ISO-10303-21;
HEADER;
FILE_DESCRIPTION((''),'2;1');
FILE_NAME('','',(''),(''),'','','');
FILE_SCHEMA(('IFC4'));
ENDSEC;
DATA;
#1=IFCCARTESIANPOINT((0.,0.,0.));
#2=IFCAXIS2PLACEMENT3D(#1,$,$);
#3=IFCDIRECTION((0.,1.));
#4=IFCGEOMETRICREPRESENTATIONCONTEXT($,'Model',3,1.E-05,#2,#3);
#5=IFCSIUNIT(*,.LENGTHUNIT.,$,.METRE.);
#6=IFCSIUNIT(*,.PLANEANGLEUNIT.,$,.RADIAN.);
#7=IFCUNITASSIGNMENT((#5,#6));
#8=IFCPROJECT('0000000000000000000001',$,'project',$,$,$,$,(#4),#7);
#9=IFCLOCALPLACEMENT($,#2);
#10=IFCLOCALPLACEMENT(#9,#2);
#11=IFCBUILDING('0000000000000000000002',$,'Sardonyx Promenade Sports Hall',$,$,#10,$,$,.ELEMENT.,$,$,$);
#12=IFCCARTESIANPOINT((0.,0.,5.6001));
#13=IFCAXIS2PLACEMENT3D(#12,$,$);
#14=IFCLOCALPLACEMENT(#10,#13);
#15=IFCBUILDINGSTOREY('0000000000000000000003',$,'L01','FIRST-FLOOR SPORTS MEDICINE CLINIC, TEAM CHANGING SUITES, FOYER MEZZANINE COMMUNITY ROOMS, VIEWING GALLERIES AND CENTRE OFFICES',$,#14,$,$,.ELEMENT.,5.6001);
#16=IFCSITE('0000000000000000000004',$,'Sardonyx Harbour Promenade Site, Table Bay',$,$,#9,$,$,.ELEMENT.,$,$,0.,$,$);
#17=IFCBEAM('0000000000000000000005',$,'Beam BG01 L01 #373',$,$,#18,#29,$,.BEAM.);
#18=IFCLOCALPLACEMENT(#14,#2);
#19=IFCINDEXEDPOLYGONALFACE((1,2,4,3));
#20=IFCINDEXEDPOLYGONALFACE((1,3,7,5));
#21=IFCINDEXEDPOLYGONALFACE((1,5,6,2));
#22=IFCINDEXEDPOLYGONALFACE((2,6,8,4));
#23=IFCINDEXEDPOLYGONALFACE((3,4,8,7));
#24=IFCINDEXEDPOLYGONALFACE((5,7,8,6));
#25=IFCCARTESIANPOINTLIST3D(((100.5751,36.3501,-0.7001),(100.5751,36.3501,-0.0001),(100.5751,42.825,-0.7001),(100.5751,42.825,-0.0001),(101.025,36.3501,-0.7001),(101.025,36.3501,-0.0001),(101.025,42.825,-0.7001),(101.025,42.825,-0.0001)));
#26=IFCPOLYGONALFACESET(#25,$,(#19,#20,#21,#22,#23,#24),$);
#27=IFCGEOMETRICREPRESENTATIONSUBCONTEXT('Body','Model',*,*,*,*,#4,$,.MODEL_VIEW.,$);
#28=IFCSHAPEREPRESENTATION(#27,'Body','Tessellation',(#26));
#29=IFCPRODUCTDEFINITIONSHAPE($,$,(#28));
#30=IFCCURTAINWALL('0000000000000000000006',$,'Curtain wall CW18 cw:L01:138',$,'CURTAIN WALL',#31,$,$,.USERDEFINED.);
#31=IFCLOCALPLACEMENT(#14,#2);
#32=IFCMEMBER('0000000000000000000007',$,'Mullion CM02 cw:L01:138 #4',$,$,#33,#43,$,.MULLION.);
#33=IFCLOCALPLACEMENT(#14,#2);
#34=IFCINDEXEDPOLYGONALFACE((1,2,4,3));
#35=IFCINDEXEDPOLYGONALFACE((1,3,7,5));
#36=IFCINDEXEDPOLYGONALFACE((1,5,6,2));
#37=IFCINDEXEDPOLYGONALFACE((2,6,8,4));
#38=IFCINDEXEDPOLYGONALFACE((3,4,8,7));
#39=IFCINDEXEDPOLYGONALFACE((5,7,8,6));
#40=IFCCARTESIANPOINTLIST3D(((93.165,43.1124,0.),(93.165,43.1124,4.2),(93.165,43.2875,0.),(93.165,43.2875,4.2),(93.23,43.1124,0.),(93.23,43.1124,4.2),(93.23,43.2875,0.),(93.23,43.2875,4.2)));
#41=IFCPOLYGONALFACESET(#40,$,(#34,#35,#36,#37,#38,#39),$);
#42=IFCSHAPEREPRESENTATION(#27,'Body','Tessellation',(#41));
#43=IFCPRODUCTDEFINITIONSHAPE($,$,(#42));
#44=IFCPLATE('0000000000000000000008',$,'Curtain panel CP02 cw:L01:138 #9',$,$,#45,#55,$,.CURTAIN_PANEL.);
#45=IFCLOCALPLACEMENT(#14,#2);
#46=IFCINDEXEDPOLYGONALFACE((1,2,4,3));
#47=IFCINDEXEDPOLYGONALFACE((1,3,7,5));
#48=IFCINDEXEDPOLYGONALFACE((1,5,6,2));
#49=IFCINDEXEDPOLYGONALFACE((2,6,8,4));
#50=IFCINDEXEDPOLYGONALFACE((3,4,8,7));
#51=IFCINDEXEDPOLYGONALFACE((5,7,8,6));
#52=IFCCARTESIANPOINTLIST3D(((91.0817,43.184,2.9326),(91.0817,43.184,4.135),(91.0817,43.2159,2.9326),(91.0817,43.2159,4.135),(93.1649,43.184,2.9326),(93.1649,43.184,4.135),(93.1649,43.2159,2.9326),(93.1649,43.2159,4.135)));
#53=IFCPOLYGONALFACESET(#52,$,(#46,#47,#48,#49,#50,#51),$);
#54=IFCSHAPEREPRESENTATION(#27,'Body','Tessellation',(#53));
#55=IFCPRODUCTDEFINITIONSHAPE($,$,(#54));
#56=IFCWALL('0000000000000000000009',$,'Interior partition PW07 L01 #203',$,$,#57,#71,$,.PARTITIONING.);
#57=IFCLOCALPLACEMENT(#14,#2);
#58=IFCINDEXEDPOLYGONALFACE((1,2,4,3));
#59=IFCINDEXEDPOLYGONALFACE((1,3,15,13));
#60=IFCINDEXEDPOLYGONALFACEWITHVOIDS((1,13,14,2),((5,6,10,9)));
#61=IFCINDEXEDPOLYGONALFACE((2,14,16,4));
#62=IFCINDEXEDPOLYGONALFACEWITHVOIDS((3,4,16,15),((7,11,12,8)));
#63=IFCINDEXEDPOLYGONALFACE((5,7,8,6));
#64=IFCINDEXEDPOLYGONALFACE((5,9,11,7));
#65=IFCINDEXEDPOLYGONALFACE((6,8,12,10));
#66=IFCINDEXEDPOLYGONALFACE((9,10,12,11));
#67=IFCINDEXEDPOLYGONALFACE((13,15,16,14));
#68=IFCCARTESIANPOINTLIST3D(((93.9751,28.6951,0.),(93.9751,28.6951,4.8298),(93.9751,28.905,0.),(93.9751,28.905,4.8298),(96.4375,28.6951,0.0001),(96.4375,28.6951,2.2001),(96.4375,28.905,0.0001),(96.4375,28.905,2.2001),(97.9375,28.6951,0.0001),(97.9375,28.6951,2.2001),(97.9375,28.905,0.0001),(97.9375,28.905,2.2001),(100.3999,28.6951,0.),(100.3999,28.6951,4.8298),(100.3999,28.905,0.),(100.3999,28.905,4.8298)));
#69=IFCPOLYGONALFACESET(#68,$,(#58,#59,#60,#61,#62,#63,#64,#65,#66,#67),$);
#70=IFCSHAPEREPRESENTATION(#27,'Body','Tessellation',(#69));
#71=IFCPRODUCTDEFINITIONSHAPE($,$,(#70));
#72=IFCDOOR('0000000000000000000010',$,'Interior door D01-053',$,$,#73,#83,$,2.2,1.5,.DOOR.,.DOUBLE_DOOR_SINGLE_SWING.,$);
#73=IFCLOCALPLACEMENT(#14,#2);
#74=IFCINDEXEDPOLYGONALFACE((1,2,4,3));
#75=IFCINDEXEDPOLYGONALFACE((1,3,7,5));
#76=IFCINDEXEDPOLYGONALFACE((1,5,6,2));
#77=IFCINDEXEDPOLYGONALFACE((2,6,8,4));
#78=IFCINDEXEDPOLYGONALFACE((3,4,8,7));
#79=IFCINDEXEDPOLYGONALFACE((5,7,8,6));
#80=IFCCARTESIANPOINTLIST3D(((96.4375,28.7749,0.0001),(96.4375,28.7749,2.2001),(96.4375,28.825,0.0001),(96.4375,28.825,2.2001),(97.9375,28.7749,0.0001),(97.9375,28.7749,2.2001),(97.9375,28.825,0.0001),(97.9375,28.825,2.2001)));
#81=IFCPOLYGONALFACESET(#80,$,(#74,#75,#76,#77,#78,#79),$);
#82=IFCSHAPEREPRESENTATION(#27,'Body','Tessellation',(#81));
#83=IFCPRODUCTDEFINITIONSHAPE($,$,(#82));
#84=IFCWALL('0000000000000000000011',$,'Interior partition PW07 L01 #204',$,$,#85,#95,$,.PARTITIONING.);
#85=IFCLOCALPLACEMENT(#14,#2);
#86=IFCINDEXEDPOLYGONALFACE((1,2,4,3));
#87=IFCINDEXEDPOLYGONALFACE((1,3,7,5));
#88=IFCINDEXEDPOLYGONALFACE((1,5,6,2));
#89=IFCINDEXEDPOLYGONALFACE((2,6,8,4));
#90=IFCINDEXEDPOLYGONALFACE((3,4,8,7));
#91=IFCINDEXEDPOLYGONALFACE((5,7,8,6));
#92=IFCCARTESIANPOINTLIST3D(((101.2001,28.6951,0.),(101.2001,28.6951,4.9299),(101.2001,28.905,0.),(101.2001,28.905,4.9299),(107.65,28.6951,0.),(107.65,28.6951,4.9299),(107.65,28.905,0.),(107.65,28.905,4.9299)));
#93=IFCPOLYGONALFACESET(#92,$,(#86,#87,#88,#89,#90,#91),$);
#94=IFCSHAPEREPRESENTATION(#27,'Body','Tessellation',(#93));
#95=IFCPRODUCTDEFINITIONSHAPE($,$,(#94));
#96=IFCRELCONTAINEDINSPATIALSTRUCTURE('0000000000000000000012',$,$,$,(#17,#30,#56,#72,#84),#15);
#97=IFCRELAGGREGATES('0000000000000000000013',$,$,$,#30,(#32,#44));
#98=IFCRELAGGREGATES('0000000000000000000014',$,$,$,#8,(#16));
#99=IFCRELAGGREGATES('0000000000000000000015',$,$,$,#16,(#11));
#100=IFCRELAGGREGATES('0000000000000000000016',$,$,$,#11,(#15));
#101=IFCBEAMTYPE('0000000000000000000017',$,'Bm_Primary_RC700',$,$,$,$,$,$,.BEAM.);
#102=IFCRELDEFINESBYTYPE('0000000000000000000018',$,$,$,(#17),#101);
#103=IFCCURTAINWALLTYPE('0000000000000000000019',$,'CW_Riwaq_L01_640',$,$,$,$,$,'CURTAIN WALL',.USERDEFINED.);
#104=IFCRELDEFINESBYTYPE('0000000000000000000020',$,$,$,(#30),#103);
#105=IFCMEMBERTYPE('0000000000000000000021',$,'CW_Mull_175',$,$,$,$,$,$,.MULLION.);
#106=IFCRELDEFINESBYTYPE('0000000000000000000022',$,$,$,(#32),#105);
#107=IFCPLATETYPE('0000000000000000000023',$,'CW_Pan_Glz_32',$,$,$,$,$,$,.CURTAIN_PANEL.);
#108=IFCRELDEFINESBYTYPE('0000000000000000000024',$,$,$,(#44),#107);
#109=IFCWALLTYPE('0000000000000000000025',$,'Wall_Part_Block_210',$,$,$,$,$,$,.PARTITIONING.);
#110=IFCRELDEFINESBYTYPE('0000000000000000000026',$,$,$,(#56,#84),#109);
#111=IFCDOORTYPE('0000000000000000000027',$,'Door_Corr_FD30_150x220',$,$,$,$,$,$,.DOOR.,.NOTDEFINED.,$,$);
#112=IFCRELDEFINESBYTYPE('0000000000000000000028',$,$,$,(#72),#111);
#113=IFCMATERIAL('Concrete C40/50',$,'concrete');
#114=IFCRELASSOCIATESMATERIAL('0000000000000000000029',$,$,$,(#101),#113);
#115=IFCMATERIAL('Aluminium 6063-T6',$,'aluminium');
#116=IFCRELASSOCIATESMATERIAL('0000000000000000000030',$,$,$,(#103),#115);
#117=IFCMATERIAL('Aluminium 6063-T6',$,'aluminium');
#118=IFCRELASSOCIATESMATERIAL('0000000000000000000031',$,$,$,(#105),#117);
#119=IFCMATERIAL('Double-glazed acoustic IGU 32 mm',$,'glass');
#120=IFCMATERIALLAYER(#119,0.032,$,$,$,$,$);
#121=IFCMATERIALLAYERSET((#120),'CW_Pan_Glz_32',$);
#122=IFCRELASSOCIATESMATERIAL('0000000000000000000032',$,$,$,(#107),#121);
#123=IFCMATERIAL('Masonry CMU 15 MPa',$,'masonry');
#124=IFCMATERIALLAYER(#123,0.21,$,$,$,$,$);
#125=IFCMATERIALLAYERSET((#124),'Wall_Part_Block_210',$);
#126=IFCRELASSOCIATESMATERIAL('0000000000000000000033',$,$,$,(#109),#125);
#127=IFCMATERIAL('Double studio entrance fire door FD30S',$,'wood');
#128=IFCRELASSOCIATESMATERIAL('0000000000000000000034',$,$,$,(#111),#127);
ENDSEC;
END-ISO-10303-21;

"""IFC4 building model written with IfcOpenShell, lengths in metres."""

from ifc_helpers import new_model, si_unit, direction, frame, frame_2d, origin, origin_2d, place, context, subcontext, project, spatial, rectangle, extrude, material, layer, layer_set, material_profile, profile_set, type_object, element, fill, aggregate, save


model = new_model("IFC4")

# Units and contexts
model_context = context("Model", 3, precision=1e-05, world=origin(), true_north=direction((0.0, 1.0)))
body_context = subcontext(model_context, "Body", "Model", "MODEL_VIEW")
ifc_project = project(units=[si_unit("LENGTHUNIT", "METRE"), si_unit("PLANEANGLEUNIT", "RADIAN")], contexts=[model_context])

# Site, building, storey
site_placement = place(None, origin())
site = spatial("IfcSite", under=ifc_project, at=site_placement, Name="Sardonyx Harbour Promenade Site, Table Bay", CompositionType="ELEMENT", RefElevation=0.0)
building_placement = place(site_placement, origin())
building = spatial("IfcBuilding", under=site, at=building_placement, Name="Sardonyx Promenade Sports Hall", CompositionType="ELEMENT")
storey_placement = place(building_placement, frame((0.0, 0.0, 5.6001)))
storey = spatial("IfcBuildingStorey", under=building, at=storey_placement, Name="L01", Description="FIRST-FLOOR SPORTS MEDICINE CLINIC, TEAM CHANGING SUITES, FOYER MEZZANINE COMMUNITY ROOMS, VIEWING GALLERIES AND CENTRE OFFICES", CompositionType="ELEMENT", Elevation=5.6001)

# Beam
ifc_material_1 = material(Name="Concrete C40/50", Category="concrete")
ifc_material_profile_1 = material_profile(ifc_material_1, rectangle(XDim=0.45, YDim=0.7, at=origin_2d()))
ifc_profile_set_1 = profile_set([ifc_material_profile_1], Name="Concrete C40/50")
beam_type_1 = type_object("IfcBeamType", Name="Bm_Primary_RC700", PredefinedType="BEAM", material=ifc_profile_set_1)
beam_1_placement = place(storey_placement, frame((100.8, 36.3501, -0.3501), z_axis=(0.0, 1.0, 0.0), x_axis=(-1.0, 0.0, 0.0)))
element("IfcBeam", 1, at=beam_1_placement, inside=storey, type_object=beam_type_1, Name="Beam BG01 L01 #373", PredefinedType="BEAM", context=body_context, shape_type="SweptSolid", body=[
    extrude(rectangle(XDim=0.45, YDim=0.7, at=origin_2d()), origin(), (0.0, 0.0, 1.0), 6.4749),
])

# Curtain wall, member, plate
ifc_material_2 = material(Name="Aluminium 6063-T6", Category="aluminium")
curtain_wall_type = type_object("IfcCurtainWallType", Name="CW_Riwaq_L01_640", ElementType="CURTAIN WALL", PredefinedType="USERDEFINED", material=ifc_material_2)
curtain_wall_placement = place(storey_placement, origin())
curtain_wall = element("IfcCurtainWall", 2, at=curtain_wall_placement, inside=storey, type_object=curtain_wall_type, Name="Curtain wall CW18 cw:L01:138", ObjectType="CURTAIN WALL", PredefinedType="USERDEFINED")
ifc_material_3 = material(Name="Aluminium 6063-T6", Category="aluminium")
ifc_material_profile_2 = material_profile(ifc_material_3, rectangle(XDim=0.0649, YDim=0.175, at=origin_2d()))
ifc_profile_set_2 = profile_set([ifc_material_profile_2], Name="Aluminium 6063-T6")
member_type = type_object("IfcMemberType", Name="CW_Mull_175", PredefinedType="MULLION", material=ifc_profile_set_2)
member_placement = place(storey_placement, frame((93.1975, 43.2, 0.0), z_axis=(0.0, 0.0, 1.0), x_axis=(1.0, 0.0, 0.0)))
member = element("IfcMember", 3, at=member_placement, type_object=member_type, Name="Mullion CM02 cw:L01:138 #4", PredefinedType="MULLION", context=body_context, shape_type="SweptSolid", body=[
    extrude(rectangle(XDim=0.0649, YDim=0.175, at=origin_2d()), origin(), (0.0, 0.0, 1.0), 4.2),
])
ifc_material_4 = material(Name="Double-glazed acoustic IGU 32 mm", Category="glass")
ifc_layer_1 = layer(ifc_material_4, 0.032)
ifc_layer_set_1 = layer_set([ifc_layer_1], Name="CW_Pan_Glz_32")
plate_type = type_object("IfcPlateType", Name="CW_Pan_Glz_32", PredefinedType="CURTAIN_PANEL", material=ifc_layer_set_1)
plate_placement = place(storey_placement, frame((92.1233, 43.2, 2.9326), z_axis=(0.0, 0.0, 1.0), x_axis=(1.0, 0.0, 0.0)))
plate = element("IfcPlate", 4, at=plate_placement, type_object=plate_type, Name="Curtain panel CP02 cw:L01:138 #9", PredefinedType="CURTAIN_PANEL", context=body_context, shape_type="SweptSolid", body=[
    extrude(rectangle(XDim=2.0833, YDim=0.032, at=origin_2d()), origin(), (0.0, 0.0, 1.0), 1.2024),
])
aggregate(curtain_wall, [member, plate])

# Wall, opening, door
ifc_material_5 = material(Name="Masonry CMU 15 MPa", Category="masonry")
ifc_layer_2 = layer(ifc_material_5, 0.21)
ifc_layer_set_2 = layer_set([ifc_layer_2], Name="Wall_Part_Block_210")
wall_type = type_object("IfcWallType", Name="Wall_Part_Block_210", PredefinedType="PARTITIONING", material=ifc_layer_set_2)
wall_1_placement = place(storey_placement, frame((93.9751, 28.8, 0.0), z_axis=(0.0, 0.0, 1.0), x_axis=(1.0, 0.0, 0.0)))
wall_1 = element("IfcWall", 5, at=wall_1_placement, inside=storey, type_object=wall_type, Name="Interior partition PW07 L01 #203", PredefinedType="PARTITIONING", context=body_context, shape_type="SweptSolid", body=[
    extrude(rectangle(XDim=6.4248, YDim=0.21, at=frame_2d((3.2124, 0.0))), origin(), (0.0, 0.0, 1.0), 4.8298),
])
opening_placement = place(wall_1_placement, frame((2.4624, 0.0, 0.0)))
opening = element("IfcOpeningElement", 6, at=opening_placement, cuts=wall_1, PredefinedType="OPENING", context=body_context, shape_type="SweptSolid", body=[
    extrude(rectangle(XDim=1.5, YDim=2.2, at=frame_2d((0.75, 1.1001))), frame((0.0, 0.115, 0.0), z_axis=(0.0, -1.0, 0.0), x_axis=(1.0, 0.0, 0.0)), (0.0, 0.0, 1.0), 0.23),
])
ifc_material_6 = material(Name="Double studio entrance fire door FD30S", Category="wood")
door_type = type_object("IfcDoorType", Name="Door_Corr_FD30_150x220", OperationType="NOTDEFINED", PredefinedType="DOOR", material=ifc_material_6)
door_placement = place(opening_placement, origin())
door = element("IfcDoor", 7, at=door_placement, inside=storey, type_object=door_type, Name="Interior door D01-053", OperationType="DOUBLE_DOOR_SINGLE_SWING", OverallHeight=2.2, OverallWidth=1.5, PredefinedType="DOOR", context=body_context, shape_type="SweptSolid", body=[
    extrude(rectangle(XDim=1.5, YDim=2.2, at=frame_2d((0.75, 1.1001))), frame((0.0, 0.0249, 0.0), z_axis=(0.0, -1.0, 0.0), x_axis=(1.0, 0.0, 0.0)), (0.0, 0.0, 1.0), 0.05),
])
fill(opening, door)

# Wall
wall_2_placement = place(storey_placement, frame((101.2, 28.8, 0.0), z_axis=(0.0, 0.0, 1.0), x_axis=(1.0, 0.0, 0.0)))
element("IfcWall", 8, at=wall_2_placement, inside=storey, type_object=wall_type, Name="Interior partition PW07 L01 #204", PredefinedType="PARTITIONING", context=body_context, shape_type="SweptSolid", body=[
    extrude(rectangle(XDim=6.45, YDim=0.21, at=frame_2d((3.2251, 0.0))), origin(), (0.0, 0.0, 1.0), 4.9299),
])

save(model, "model.ifc")
